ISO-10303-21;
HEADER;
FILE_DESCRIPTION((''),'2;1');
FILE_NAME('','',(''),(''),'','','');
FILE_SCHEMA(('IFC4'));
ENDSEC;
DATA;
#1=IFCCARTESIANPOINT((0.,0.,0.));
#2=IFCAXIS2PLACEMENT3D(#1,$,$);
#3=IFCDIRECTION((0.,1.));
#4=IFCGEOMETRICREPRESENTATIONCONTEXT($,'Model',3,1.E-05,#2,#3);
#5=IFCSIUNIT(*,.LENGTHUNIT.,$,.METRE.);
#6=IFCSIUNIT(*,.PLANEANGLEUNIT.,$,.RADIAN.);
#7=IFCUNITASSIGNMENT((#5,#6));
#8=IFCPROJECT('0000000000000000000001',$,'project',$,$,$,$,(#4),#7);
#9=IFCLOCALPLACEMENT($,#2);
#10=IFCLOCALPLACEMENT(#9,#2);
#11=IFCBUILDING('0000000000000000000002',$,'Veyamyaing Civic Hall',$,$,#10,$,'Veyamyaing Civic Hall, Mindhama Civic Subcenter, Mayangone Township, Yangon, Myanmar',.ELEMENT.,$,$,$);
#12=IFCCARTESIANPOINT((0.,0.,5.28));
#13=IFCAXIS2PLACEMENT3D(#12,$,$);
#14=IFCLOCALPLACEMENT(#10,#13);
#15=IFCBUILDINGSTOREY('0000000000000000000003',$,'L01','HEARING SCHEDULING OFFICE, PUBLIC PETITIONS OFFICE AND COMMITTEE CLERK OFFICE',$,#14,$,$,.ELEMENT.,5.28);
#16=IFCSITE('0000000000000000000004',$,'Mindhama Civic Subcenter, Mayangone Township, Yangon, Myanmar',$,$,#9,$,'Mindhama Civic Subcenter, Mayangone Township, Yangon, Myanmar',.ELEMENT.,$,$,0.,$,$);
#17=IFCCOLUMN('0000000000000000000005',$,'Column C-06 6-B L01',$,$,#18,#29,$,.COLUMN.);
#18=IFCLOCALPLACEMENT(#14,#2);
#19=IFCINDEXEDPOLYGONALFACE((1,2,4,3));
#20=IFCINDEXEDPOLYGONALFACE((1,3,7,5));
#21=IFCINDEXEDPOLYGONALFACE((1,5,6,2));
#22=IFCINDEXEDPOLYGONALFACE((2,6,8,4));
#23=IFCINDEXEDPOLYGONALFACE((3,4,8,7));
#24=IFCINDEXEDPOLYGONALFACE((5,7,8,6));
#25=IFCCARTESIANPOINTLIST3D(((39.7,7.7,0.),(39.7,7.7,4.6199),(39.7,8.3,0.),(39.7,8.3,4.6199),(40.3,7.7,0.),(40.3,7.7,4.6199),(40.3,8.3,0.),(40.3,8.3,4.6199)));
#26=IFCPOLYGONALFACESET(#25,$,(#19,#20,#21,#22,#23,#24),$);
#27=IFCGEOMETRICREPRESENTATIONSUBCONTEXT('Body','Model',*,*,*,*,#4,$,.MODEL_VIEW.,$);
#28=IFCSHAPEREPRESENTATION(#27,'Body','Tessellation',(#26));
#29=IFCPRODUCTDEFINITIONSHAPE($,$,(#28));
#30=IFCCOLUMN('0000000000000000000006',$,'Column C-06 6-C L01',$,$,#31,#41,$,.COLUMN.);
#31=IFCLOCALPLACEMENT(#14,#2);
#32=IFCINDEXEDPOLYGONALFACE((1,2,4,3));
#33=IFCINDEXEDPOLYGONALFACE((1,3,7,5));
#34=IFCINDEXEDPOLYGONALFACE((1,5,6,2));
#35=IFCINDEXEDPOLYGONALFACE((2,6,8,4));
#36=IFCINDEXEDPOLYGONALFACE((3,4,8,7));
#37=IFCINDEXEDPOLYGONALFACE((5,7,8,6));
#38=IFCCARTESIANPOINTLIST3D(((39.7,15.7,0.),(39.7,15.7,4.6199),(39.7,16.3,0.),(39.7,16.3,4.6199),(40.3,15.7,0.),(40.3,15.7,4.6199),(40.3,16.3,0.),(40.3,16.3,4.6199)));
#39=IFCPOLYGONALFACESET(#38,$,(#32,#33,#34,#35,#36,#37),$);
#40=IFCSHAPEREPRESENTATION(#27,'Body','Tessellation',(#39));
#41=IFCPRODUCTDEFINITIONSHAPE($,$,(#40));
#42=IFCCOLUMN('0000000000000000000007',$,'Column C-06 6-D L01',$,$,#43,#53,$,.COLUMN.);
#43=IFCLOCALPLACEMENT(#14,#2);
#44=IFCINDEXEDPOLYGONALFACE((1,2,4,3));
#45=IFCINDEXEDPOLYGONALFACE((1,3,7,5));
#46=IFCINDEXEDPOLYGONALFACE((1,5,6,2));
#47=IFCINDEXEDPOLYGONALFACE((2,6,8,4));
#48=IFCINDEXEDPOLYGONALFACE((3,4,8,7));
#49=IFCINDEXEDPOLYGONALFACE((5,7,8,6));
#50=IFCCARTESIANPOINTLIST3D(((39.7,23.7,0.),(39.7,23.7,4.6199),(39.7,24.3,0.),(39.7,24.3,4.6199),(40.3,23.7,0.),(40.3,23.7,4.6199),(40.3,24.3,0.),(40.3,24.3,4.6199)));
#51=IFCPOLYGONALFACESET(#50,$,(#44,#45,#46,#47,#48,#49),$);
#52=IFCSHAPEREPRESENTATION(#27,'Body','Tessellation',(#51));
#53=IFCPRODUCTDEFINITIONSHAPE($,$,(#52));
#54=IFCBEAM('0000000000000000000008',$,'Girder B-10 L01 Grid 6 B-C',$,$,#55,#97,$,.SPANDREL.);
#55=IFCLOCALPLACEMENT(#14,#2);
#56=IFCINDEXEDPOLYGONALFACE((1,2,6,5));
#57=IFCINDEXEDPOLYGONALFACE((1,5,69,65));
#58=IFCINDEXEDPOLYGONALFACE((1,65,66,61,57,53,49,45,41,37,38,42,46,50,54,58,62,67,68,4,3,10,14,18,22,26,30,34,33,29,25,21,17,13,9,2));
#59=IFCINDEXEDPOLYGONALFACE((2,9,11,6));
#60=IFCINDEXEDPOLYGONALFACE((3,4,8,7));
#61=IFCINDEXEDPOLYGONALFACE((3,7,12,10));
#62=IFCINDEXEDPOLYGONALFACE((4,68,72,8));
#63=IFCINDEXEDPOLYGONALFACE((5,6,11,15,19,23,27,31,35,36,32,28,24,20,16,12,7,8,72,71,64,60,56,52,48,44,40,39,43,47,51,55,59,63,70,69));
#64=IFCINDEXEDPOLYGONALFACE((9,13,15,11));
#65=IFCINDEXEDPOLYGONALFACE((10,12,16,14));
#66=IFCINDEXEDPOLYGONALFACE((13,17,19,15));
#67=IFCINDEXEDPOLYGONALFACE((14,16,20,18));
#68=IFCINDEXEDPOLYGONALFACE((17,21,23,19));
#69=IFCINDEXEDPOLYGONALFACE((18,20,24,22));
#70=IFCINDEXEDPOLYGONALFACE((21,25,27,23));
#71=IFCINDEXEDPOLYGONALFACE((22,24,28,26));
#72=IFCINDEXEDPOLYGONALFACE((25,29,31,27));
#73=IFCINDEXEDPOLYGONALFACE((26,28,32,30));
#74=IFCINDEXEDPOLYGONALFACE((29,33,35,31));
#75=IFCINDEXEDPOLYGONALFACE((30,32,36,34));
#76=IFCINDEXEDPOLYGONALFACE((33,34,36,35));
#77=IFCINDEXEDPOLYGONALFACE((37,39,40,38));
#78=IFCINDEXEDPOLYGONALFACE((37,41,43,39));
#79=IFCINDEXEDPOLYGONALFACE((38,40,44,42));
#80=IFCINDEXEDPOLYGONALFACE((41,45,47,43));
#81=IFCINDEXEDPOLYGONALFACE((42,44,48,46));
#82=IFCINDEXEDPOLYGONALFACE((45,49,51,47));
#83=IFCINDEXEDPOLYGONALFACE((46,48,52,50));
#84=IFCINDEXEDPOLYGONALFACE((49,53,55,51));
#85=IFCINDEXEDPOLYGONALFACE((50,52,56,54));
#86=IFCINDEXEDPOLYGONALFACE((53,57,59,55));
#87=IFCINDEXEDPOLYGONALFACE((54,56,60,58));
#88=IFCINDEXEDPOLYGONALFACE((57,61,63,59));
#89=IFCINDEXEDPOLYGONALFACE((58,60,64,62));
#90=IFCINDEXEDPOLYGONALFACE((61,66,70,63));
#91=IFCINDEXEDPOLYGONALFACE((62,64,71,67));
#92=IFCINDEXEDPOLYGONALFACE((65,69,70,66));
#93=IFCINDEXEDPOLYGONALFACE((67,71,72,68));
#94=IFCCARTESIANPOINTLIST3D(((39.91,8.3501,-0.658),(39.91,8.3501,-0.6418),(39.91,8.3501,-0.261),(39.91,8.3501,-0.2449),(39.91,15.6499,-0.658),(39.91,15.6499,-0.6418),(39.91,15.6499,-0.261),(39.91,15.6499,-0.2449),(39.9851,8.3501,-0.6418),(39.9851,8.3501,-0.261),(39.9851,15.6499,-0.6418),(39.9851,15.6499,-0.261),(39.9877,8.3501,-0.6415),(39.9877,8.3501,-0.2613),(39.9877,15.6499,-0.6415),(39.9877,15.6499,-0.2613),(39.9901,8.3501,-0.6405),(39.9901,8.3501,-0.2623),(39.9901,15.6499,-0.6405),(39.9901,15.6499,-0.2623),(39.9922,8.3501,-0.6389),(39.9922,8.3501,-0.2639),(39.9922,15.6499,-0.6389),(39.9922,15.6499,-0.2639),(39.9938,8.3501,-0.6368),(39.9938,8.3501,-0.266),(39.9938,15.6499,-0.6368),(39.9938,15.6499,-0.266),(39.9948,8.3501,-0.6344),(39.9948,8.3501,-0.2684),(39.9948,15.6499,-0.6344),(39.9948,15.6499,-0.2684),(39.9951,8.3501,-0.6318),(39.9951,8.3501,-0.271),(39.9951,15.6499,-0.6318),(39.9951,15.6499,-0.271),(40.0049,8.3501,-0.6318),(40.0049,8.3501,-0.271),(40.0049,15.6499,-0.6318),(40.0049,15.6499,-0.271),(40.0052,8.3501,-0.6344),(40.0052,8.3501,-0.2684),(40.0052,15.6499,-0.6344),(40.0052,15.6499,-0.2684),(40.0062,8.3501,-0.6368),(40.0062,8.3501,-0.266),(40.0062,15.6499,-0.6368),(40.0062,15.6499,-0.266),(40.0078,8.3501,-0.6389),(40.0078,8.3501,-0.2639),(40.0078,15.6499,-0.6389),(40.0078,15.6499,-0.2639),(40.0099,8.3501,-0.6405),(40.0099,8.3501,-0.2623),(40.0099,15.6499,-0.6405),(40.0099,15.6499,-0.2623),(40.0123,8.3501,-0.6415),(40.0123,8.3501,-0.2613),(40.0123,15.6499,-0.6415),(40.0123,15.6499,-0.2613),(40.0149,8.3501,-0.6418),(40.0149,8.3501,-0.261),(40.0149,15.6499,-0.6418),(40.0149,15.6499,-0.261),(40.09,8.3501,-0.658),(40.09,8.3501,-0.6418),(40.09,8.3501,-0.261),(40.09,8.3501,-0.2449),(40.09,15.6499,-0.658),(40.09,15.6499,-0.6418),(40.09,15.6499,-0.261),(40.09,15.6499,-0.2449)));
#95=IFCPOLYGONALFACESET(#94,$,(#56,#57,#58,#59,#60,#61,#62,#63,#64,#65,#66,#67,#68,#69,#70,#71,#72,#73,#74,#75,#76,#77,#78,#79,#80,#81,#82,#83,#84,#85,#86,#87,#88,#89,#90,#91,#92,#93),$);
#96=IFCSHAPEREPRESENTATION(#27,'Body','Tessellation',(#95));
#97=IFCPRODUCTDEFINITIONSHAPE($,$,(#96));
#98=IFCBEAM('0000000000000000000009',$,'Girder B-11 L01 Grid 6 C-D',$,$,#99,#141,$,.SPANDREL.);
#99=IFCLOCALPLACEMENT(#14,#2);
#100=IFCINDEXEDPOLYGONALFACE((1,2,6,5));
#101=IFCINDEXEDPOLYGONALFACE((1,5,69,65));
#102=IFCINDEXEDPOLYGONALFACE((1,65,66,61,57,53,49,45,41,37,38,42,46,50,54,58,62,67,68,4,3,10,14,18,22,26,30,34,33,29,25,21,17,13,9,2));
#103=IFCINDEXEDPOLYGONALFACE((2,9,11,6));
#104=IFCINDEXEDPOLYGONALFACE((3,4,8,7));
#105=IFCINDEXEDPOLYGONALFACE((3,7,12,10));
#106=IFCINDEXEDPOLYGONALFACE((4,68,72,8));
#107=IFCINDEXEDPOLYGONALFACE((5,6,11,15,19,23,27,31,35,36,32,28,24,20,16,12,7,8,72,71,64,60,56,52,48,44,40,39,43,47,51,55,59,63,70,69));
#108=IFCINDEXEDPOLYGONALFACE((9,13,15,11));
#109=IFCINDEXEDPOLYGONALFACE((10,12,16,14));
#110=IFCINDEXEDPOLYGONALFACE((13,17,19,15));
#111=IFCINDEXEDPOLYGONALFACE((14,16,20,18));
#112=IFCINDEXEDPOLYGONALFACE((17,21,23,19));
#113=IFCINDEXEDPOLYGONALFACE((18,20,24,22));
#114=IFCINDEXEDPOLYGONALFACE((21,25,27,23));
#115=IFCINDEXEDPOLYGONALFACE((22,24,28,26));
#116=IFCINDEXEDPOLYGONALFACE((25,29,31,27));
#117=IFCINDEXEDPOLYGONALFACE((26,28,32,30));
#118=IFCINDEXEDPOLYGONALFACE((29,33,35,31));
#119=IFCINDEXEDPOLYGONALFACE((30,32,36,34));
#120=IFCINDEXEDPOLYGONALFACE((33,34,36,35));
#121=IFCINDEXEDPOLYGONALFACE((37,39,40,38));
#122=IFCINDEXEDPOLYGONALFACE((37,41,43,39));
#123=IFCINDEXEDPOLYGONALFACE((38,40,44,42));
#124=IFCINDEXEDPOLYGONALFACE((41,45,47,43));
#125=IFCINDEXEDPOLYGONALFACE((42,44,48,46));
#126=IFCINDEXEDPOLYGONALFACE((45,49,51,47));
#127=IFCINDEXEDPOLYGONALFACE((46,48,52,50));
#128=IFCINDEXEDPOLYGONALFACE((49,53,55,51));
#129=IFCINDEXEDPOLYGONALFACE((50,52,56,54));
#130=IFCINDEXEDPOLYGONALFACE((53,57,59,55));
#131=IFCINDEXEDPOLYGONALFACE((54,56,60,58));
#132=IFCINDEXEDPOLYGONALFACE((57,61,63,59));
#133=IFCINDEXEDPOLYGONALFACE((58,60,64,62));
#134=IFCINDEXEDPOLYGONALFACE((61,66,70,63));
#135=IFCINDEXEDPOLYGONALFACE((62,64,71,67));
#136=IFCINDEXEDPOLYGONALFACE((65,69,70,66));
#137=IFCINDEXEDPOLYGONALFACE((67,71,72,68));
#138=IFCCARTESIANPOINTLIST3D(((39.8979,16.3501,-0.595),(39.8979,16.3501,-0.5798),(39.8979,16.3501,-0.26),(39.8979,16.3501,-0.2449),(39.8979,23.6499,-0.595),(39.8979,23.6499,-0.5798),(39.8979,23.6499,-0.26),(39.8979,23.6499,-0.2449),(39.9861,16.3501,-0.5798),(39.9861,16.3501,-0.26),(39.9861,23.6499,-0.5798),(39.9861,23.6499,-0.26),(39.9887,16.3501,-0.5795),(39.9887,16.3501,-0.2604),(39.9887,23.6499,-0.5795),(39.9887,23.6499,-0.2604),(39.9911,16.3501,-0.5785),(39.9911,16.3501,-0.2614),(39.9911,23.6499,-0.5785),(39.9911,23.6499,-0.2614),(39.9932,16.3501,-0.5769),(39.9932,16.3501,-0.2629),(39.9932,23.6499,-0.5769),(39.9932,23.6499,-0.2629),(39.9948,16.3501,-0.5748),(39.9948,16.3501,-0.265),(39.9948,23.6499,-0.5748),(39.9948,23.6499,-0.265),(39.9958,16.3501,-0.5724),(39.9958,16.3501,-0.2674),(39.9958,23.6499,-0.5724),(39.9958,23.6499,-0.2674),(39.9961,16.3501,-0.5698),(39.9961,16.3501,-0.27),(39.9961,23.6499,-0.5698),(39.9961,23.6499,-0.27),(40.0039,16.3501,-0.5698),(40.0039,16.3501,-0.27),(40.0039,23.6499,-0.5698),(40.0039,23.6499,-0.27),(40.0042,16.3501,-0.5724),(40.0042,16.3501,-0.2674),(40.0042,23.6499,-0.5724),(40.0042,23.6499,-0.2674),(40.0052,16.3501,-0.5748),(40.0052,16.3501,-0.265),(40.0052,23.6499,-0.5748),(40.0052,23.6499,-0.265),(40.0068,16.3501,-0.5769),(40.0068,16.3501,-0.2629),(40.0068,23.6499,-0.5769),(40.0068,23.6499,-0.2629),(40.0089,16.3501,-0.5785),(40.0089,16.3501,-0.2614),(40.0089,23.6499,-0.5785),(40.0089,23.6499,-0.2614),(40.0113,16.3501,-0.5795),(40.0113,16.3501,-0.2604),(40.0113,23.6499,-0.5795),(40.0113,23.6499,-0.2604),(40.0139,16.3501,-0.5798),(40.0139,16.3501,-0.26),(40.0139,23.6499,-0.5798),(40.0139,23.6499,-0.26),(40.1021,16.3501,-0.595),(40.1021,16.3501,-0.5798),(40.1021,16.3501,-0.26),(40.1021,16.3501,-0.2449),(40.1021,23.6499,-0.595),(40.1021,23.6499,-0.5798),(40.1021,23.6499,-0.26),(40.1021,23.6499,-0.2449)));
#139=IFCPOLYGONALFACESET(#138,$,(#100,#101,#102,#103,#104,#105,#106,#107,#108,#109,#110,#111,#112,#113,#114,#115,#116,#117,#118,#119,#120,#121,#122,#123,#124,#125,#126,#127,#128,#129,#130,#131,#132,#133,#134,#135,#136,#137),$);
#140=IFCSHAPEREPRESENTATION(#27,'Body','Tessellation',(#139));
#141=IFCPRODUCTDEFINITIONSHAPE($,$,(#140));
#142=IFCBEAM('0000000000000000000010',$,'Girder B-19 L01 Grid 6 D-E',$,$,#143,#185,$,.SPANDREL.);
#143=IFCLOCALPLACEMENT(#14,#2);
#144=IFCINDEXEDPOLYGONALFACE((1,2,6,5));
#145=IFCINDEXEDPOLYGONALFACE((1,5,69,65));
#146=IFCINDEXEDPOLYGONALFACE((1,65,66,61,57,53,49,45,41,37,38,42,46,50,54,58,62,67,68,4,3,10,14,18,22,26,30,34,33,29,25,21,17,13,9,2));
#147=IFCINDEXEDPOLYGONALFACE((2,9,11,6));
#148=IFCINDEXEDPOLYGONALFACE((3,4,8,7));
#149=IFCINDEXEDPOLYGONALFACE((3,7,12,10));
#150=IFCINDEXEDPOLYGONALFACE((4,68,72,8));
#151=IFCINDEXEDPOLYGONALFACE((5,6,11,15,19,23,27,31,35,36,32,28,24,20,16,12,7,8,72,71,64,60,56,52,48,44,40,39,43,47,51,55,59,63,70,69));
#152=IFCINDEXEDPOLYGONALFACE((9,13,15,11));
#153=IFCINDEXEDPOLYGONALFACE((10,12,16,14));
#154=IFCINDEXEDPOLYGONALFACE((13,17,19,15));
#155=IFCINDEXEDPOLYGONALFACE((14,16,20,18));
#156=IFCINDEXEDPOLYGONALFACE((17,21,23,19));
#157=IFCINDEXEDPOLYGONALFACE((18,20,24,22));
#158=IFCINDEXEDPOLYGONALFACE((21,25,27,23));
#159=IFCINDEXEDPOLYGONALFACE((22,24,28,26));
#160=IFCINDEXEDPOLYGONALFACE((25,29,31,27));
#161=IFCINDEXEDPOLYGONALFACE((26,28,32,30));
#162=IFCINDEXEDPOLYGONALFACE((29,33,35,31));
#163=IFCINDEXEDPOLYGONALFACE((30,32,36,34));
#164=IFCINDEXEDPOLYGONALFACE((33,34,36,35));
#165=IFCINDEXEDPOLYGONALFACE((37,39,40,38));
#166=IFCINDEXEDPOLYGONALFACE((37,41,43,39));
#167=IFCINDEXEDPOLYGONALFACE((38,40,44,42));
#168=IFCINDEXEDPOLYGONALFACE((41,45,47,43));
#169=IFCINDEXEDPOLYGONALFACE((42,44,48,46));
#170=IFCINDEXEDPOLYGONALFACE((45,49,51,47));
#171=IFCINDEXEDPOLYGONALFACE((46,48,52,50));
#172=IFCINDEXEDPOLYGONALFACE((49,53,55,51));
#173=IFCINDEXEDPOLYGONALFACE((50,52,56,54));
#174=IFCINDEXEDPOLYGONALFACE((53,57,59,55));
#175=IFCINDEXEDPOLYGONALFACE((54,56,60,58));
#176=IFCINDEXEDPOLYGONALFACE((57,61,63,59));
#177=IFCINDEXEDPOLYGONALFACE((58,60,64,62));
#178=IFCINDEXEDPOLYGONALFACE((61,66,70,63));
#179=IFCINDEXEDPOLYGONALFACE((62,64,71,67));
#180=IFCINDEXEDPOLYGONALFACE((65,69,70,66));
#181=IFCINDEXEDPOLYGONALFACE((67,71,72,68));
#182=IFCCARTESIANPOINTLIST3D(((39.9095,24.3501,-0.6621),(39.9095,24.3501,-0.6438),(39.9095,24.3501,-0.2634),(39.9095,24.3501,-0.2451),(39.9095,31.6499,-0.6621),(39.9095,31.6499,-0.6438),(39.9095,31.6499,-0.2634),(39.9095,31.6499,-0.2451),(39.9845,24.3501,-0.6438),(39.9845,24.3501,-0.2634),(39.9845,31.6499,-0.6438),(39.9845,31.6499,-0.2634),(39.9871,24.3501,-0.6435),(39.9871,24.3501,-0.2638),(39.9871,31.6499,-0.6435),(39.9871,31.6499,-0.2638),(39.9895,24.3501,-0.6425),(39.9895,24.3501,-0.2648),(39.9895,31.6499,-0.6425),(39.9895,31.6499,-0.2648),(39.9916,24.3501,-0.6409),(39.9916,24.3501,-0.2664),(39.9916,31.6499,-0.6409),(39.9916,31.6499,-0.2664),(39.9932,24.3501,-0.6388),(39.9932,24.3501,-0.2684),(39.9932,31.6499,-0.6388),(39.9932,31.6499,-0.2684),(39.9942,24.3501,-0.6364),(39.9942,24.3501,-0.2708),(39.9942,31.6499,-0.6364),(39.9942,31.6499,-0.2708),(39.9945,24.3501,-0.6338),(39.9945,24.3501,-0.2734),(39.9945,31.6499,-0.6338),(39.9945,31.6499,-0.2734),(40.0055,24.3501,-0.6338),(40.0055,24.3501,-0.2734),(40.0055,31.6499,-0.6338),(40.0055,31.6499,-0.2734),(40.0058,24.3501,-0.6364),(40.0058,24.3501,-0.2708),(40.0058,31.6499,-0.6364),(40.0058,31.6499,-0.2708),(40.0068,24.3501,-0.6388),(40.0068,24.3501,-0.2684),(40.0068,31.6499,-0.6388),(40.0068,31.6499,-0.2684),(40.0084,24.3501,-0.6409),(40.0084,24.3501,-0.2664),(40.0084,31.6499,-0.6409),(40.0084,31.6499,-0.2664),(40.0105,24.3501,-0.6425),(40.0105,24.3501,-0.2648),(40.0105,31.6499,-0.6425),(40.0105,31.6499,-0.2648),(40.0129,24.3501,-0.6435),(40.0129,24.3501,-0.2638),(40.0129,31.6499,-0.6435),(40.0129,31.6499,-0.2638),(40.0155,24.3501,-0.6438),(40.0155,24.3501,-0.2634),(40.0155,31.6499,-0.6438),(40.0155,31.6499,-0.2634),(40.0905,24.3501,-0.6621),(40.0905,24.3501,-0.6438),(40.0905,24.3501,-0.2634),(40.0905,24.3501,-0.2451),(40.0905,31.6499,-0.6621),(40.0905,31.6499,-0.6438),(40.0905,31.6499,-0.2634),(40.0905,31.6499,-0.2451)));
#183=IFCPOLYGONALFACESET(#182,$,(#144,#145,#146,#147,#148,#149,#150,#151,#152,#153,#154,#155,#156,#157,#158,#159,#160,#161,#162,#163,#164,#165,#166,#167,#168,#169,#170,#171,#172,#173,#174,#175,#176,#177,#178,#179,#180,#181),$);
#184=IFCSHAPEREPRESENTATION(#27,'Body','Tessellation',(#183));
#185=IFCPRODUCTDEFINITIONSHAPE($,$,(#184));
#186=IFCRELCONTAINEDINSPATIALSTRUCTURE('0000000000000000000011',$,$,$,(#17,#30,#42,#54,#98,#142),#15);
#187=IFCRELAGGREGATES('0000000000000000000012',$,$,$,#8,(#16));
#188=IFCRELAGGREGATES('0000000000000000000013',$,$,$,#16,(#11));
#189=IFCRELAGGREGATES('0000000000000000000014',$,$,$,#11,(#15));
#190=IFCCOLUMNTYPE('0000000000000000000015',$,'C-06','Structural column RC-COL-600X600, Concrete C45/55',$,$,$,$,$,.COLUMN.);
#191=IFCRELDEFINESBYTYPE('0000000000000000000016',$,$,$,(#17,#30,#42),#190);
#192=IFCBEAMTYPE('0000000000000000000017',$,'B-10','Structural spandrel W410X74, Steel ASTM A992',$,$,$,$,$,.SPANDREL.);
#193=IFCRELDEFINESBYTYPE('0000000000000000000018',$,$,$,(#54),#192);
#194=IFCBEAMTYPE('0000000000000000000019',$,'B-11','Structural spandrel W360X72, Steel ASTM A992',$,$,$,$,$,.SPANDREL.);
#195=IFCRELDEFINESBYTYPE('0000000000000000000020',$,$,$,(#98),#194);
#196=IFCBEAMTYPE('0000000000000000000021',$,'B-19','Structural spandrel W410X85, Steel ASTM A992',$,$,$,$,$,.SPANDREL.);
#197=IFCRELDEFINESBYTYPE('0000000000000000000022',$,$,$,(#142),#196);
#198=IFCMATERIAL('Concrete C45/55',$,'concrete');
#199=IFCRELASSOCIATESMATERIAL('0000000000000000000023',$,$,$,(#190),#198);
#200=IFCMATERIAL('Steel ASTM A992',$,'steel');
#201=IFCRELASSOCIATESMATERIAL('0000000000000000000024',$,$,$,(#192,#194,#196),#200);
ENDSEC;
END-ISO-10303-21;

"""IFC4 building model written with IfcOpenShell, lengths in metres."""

from ifc_helpers import new_model, si_unit, direction, frame, origin, origin_2d, place, context, subcontext, project, spatial, rectangle, i_section, extrude, material, material_profile, profile_set, type_object, element, save


model = new_model("IFC4")

# Units and contexts
model_context = context("Model", 3, precision=1e-05, world=origin(), true_north=direction((0.0, 1.0)))
body_context = subcontext(model_context, "Body", "Model", "MODEL_VIEW")
ifc_project = project(units=[si_unit("LENGTHUNIT", "METRE"), si_unit("PLANEANGLEUNIT", "RADIAN")], contexts=[model_context])

# Site, building, storey
site_placement = place(None, origin())
site = spatial("IfcSite", under=ifc_project, at=site_placement, Name="Mindhama Civic Subcenter, Mayangone Township, Yangon, Myanmar", LongName="Mindhama Civic Subcenter, Mayangone Township, Yangon, Myanmar", CompositionType="ELEMENT", RefElevation=0.0)
building_placement = place(site_placement, origin())
building = spatial("IfcBuilding", under=site, at=building_placement, Name="Veyamyaing Civic Hall", LongName="Veyamyaing Civic Hall, Mindhama Civic Subcenter, Mayangone Township, Yangon, Myanmar", CompositionType="ELEMENT")
storey_placement = place(building_placement, frame((0.0, 0.0, 5.28)))
storey = spatial("IfcBuildingStorey", under=building, at=storey_placement, Name="L01", Description="HEARING SCHEDULING OFFICE, PUBLIC PETITIONS OFFICE AND COMMITTEE CLERK OFFICE", CompositionType="ELEMENT", Elevation=5.28)

# Columns
ifc_material_1 = material(Name="Concrete C45/55", Category="concrete")
ifc_material_profile_1 = material_profile(ifc_material_1, rectangle(XDim=0.6001, YDim=0.6001, at=origin_2d()), Name="RC-COL-600X600")
ifc_profile_set_1 = profile_set([ifc_material_profile_1], Name="Concrete C45/55")
column_type = type_object("IfcColumnType", Name="C-06", Description="Structural column RC-COL-600X600, Concrete C45/55", PredefinedType="COLUMN", material=ifc_profile_set_1)
for number, where, z_axis, x_axis, name in (
    (1, (40.0, 8.0, 0.0), (0.0, 0.0, 1.0), (1.0, 0.0, 0.0), "Column C-06 6-B L01"),
    (2, (40.0, 16.0, 0.0), (0.0, 0.0, 1.0), (1.0, 0.0, 0.0), "Column C-06 6-C L01"),
    (3, (40.0, 24.0, 0.0), (0.0, 0.0, 1.0), (1.0, 0.0, 0.0), "Column C-06 6-D L01"),
):
    element("IfcColumn", number, at=place(storey_placement, frame(where, z_axis=z_axis, x_axis=x_axis)), inside=storey, type_object=column_type, Name=name, PredefinedType="COLUMN", context=body_context, shape_type="SweptSolid", body=[
        extrude(rectangle(XDim=0.6001, YDim=0.6001, at=origin_2d()), origin(), (0.0, 0.0, 1.0), 4.6199),
    ])

# Beams
ifc_material_2 = material(Name="Steel ASTM A992", Category="steel")
ifc_material_profile_2 = material_profile(ifc_material_2, i_section(OverallWidth=0.1799, OverallDepth=0.4131, WebThickness=0.0098, FlangeThickness=0.0161, FilletRadius=0.01, at=origin_2d()), Name="W410X74")
ifc_profile_set_2 = profile_set([ifc_material_profile_2], Name="Steel ASTM A992")
beam_type_1 = type_object("IfcBeamType", Name="B-10", Description="Structural spandrel W410X74, Steel ASTM A992", PredefinedType="SPANDREL", material=ifc_profile_set_2)
beam_1_placement = place(storey_placement, frame((40.0, 8.3501, -0.4514), z_axis=(0.0, 1.0, 0.0), x_axis=(-1.0, 0.0, 0.0)))
element("IfcBeam", 4, at=beam_1_placement, inside=storey, type_object=beam_type_1, Name="Girder B-10 L01 Grid 6 B-C", PredefinedType="SPANDREL", context=body_context, shape_type="SweptSolid", body=[
    extrude(i_section(OverallWidth=0.1799, OverallDepth=0.4131, WebThickness=0.0098, FlangeThickness=0.0161, FilletRadius=0.01, at=origin_2d()), origin(), (0.0, 0.0, 1.0), 7.2998),
])
ifc_material_profile_3 = material_profile(ifc_material_2, i_section(OverallWidth=0.2041, OverallDepth=0.3501, WebThickness=0.0078, FlangeThickness=0.0151, FilletRadius=0.01, at=origin_2d()), Name="W360X72")
ifc_profile_set_3 = profile_set([ifc_material_profile_3], Name="Steel ASTM A992")
beam_type_2 = type_object("IfcBeamType", Name="B-11", Description="Structural spandrel W360X72, Steel ASTM A992", PredefinedType="SPANDREL", material=ifc_profile_set_3)
beam_2_placement = place(storey_placement, frame((40.0, 16.3501, -0.4199), z_axis=(0.0, 1.0, 0.0), x_axis=(-1.0, 0.0, 0.0)))
element("IfcBeam", 5, at=beam_2_placement, inside=storey, type_object=beam_type_2, Name="Girder B-11 L01 Grid 6 C-D", PredefinedType="SPANDREL", context=body_context, shape_type="SweptSolid", body=[
    extrude(i_section(OverallWidth=0.2041, OverallDepth=0.3501, WebThickness=0.0078, FlangeThickness=0.0151, FilletRadius=0.01, at=origin_2d()), origin(), (0.0, 0.0, 1.0), 7.2998),
])
ifc_material_profile_4 = material_profile(ifc_material_2, i_section(OverallWidth=0.1809, OverallDepth=0.417, WebThickness=0.011, FlangeThickness=0.0183, FilletRadius=0.01, at=origin_2d()), Name="W410X85")
ifc_profile_set_4 = profile_set([ifc_material_profile_4], Name="Steel ASTM A992")
beam_type_3 = type_object("IfcBeamType", Name="B-19", Description="Structural spandrel W410X85, Steel ASTM A992", PredefinedType="SPANDREL", material=ifc_profile_set_4)
beam_3_placement = place(storey_placement, frame((40.0, 24.3501, -0.4536), z_axis=(0.0, 1.0, 0.0), x_axis=(-1.0, 0.0, 0.0)))
element("IfcBeam", 6, at=beam_3_placement, inside=storey, type_object=beam_type_3, Name="Girder B-19 L01 Grid 6 D-E", PredefinedType="SPANDREL", context=body_context, shape_type="SweptSolid", body=[
    extrude(i_section(OverallWidth=0.1809, OverallDepth=0.417, WebThickness=0.011, FlangeThickness=0.0183, FilletRadius=0.01, at=origin_2d()), origin(), (0.0, 0.0, 1.0), 7.2998),
])

save(model, "model.ifc")
